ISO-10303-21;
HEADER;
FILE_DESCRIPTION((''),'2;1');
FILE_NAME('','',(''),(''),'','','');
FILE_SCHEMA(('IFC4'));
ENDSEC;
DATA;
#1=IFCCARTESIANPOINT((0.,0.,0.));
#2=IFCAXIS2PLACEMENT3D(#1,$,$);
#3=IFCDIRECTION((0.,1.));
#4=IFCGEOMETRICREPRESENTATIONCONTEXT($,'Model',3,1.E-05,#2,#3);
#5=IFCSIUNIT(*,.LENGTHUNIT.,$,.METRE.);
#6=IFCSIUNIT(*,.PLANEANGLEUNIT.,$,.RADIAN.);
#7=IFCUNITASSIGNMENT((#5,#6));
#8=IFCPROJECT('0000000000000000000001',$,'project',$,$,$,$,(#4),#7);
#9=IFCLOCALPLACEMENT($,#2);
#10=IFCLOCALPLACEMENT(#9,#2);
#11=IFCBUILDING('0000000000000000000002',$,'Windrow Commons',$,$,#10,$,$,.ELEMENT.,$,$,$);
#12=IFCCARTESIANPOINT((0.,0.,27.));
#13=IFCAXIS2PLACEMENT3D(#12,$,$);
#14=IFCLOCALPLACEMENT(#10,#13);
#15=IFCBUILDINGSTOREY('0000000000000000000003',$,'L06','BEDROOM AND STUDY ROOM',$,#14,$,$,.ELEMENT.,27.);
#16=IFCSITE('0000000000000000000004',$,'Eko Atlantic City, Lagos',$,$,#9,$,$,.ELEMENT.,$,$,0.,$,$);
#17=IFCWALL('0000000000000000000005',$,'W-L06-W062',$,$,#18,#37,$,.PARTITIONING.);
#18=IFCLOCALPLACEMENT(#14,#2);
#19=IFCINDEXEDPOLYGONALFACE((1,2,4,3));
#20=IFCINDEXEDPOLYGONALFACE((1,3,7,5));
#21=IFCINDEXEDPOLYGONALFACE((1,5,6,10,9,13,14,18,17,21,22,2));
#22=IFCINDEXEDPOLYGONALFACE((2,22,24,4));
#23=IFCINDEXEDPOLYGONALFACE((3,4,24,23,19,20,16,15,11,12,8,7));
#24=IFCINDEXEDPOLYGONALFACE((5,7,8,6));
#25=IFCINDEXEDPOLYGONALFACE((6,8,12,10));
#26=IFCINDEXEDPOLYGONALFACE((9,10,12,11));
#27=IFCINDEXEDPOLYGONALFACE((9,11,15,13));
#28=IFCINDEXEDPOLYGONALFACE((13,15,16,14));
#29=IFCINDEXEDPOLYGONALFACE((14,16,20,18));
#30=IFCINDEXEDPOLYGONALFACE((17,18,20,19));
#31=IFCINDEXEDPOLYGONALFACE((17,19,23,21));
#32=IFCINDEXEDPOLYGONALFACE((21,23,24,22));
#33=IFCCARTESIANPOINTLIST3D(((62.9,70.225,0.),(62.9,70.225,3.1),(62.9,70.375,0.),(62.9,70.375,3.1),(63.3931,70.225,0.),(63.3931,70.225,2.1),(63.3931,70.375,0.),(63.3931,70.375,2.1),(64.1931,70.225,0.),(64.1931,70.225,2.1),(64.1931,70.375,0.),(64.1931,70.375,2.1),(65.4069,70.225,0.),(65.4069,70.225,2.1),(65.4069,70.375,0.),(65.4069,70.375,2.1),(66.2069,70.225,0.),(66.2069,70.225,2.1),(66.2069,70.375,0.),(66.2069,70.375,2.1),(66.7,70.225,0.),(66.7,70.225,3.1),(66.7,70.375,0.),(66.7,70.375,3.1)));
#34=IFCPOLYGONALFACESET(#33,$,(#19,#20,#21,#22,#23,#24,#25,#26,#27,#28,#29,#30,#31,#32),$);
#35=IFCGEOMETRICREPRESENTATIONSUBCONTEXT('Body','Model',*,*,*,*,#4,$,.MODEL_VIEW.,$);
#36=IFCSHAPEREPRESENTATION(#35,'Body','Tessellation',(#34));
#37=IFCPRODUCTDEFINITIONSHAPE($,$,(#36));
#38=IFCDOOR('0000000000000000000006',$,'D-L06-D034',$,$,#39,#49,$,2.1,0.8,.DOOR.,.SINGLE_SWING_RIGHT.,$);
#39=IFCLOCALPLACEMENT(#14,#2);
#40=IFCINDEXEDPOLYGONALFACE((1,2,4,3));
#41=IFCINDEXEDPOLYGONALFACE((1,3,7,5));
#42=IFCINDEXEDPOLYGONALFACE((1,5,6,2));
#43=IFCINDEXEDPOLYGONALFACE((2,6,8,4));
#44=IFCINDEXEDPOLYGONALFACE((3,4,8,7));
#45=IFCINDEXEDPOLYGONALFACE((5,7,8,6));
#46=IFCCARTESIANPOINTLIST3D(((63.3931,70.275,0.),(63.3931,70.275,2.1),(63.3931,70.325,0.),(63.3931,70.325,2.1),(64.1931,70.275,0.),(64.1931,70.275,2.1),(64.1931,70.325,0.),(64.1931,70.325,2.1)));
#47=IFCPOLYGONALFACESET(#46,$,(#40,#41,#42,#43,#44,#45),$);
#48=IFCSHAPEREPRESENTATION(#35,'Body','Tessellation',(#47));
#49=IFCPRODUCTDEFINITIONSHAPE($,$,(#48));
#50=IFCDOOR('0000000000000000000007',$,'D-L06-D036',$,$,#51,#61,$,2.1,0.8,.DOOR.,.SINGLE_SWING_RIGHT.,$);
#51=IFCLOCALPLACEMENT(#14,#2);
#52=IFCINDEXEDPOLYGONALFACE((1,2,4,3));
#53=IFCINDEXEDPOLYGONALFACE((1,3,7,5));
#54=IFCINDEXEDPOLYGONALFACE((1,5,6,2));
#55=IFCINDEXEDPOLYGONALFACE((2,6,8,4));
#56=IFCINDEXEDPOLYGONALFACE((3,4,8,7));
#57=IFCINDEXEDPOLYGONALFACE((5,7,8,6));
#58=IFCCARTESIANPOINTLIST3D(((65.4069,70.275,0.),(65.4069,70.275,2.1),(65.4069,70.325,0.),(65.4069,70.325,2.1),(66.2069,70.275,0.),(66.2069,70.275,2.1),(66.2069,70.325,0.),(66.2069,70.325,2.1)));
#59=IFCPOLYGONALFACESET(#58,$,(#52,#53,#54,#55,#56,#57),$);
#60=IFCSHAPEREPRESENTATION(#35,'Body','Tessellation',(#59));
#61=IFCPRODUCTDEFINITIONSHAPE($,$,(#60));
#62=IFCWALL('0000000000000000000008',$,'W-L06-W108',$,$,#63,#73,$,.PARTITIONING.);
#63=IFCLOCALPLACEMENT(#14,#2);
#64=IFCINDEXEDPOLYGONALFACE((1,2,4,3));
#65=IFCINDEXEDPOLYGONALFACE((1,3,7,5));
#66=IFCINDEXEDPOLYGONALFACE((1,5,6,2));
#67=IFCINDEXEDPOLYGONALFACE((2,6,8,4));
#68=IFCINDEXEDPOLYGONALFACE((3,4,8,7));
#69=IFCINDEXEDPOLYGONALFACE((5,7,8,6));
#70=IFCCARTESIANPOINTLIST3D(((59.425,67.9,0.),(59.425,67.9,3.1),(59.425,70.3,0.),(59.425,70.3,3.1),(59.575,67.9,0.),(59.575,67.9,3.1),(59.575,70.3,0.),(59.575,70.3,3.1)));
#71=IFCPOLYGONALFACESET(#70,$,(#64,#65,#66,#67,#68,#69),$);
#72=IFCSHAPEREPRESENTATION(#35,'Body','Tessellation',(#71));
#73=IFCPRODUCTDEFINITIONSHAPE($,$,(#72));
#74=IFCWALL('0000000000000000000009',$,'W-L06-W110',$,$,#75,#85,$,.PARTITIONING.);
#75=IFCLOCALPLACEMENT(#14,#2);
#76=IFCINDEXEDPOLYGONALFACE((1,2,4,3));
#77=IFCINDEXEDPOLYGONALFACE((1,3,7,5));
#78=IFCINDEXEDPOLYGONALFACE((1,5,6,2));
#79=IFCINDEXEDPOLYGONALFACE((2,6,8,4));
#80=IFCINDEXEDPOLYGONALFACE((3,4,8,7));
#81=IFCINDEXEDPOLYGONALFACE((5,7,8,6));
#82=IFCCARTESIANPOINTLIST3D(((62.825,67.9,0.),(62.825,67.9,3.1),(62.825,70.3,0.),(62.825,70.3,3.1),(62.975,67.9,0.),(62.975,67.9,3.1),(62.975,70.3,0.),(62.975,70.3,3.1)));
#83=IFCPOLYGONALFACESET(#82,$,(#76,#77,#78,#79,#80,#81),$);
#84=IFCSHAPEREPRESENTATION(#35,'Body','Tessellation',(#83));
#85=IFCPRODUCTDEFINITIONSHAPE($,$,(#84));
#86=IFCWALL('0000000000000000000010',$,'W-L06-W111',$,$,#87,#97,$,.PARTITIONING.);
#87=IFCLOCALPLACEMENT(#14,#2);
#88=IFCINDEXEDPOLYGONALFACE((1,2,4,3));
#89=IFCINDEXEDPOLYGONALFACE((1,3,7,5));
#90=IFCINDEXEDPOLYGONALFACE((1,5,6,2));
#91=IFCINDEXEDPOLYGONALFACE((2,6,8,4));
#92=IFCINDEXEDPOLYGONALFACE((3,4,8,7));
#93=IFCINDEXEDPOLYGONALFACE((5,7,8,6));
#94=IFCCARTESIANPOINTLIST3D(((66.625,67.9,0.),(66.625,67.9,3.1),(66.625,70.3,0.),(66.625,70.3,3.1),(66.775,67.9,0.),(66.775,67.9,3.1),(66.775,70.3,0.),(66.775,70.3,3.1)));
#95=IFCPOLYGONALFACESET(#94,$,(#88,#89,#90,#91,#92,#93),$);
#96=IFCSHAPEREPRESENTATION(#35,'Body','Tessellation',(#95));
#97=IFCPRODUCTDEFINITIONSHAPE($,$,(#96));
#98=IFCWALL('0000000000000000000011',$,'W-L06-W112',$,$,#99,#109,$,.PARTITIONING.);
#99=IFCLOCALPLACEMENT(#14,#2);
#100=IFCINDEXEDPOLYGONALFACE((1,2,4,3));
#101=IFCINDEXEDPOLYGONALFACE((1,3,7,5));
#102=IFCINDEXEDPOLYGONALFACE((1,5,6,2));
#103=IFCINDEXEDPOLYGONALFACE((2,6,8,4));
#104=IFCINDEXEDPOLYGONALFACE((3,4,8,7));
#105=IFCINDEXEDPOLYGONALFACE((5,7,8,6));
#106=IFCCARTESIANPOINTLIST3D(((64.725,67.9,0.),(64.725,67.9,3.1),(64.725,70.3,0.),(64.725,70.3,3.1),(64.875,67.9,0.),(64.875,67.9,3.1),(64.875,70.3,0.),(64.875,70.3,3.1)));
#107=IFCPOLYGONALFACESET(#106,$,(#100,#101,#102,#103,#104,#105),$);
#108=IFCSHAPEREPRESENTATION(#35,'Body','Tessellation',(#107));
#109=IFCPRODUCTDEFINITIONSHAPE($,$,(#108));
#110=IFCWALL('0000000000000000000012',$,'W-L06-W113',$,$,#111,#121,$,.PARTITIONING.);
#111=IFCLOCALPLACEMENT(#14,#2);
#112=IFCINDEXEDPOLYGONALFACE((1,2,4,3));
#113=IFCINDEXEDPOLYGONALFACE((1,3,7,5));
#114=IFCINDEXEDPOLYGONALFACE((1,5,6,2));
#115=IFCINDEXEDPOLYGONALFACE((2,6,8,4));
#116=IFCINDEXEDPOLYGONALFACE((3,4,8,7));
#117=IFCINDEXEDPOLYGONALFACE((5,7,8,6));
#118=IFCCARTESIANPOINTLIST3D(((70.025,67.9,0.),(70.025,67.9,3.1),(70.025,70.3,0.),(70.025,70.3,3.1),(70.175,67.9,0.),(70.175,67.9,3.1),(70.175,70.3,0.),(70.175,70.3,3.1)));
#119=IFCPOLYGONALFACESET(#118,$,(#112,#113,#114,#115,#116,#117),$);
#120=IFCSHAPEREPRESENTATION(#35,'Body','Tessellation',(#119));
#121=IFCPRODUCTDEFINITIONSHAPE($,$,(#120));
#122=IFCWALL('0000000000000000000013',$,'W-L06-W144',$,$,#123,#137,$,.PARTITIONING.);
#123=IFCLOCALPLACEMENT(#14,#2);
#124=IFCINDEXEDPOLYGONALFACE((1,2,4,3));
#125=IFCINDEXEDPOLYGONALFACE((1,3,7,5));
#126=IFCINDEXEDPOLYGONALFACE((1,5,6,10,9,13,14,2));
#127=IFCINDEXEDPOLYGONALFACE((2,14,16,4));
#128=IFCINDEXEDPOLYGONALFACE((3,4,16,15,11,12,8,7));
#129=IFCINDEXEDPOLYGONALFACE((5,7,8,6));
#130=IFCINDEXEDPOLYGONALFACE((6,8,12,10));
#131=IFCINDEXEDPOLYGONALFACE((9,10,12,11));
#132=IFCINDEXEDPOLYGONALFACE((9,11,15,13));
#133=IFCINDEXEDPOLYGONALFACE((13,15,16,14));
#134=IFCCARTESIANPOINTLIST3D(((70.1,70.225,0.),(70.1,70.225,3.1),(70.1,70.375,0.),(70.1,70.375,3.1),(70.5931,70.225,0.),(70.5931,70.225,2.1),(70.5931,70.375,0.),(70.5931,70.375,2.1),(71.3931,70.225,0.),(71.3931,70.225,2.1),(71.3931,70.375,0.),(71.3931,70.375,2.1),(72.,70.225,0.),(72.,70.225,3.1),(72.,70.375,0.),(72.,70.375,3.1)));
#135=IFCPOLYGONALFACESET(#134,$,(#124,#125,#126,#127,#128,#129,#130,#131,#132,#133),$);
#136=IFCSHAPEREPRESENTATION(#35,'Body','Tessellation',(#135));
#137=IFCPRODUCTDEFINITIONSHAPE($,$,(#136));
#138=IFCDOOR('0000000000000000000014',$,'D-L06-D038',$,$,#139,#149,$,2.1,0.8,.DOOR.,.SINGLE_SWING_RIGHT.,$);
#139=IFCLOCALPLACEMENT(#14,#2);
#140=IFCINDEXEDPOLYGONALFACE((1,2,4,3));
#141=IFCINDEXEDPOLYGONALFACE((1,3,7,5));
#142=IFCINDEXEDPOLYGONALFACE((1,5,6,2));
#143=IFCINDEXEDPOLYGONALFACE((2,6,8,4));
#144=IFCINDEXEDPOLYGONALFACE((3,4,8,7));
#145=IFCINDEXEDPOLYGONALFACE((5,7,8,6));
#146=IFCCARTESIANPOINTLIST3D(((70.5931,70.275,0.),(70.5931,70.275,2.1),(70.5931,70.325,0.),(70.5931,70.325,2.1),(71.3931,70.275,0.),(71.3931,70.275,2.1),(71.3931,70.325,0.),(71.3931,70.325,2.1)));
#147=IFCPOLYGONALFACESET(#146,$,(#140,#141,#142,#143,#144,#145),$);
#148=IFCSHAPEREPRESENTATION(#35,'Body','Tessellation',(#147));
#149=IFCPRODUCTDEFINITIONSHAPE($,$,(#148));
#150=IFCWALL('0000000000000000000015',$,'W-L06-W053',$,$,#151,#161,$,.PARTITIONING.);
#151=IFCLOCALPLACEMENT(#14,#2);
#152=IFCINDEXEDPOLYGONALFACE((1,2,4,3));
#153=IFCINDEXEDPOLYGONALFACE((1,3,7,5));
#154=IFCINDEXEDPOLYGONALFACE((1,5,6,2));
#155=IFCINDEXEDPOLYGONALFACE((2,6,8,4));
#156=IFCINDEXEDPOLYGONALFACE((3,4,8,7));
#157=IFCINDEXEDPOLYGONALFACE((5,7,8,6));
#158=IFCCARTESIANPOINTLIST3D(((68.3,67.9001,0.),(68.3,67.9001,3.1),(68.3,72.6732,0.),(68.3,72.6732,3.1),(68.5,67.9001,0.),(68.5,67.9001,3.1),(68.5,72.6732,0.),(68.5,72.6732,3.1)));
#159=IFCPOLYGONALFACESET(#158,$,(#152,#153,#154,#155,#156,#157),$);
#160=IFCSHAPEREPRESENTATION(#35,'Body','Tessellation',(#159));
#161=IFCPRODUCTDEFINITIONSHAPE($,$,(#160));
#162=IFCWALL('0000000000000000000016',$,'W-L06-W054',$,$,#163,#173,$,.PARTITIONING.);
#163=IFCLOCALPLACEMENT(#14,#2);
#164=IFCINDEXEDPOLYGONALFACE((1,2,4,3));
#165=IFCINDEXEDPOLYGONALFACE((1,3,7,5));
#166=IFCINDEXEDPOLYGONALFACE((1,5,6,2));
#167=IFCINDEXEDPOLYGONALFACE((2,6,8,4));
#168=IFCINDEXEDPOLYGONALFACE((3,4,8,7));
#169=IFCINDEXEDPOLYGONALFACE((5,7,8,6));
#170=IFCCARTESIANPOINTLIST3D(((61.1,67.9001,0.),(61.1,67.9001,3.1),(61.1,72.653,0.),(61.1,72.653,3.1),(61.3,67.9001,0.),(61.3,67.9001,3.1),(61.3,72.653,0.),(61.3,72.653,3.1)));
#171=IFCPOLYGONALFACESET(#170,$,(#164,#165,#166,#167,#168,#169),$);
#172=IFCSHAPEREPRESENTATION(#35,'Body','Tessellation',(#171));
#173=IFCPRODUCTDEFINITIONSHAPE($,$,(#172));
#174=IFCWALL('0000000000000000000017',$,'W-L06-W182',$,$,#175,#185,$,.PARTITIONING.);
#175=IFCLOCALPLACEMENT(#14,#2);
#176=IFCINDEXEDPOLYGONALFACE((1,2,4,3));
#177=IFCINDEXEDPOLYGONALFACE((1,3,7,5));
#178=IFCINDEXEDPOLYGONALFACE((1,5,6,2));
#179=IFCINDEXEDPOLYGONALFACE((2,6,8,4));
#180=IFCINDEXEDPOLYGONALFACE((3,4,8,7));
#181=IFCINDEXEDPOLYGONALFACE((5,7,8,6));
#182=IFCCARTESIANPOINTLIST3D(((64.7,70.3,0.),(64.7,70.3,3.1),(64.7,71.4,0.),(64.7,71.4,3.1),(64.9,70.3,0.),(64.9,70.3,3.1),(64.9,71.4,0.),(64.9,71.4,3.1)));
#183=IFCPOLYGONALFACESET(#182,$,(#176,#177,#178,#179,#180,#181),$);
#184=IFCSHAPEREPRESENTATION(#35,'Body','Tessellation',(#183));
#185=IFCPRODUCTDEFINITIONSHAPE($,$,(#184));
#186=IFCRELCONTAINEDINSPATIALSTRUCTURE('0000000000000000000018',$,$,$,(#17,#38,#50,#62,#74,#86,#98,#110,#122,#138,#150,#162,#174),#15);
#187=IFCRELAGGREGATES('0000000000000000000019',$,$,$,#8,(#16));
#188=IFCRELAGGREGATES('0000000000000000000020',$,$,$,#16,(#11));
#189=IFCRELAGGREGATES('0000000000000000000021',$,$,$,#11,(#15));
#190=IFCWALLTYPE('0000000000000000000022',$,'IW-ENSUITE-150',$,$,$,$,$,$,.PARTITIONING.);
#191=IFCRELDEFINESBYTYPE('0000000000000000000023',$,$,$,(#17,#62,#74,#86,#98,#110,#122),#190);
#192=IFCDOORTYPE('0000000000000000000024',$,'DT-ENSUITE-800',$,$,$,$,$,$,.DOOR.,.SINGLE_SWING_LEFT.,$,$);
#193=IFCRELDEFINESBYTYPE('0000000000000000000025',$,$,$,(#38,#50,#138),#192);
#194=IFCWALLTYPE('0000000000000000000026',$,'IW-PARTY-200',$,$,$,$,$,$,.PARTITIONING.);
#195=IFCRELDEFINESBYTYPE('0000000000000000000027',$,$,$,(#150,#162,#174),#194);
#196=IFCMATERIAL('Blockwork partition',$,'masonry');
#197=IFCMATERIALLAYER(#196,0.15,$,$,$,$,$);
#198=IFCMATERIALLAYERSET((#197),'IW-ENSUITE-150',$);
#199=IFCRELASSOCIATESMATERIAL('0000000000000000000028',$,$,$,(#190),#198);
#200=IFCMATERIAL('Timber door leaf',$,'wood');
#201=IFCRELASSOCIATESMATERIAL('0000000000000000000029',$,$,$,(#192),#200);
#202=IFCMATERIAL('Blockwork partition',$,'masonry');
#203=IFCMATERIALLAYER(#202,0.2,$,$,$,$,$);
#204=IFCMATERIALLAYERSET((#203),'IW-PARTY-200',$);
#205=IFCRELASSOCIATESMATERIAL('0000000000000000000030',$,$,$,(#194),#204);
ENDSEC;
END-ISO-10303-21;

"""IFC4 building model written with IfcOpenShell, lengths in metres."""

from ifc_helpers import new_model, si_unit, direction, frame, frame_2d, origin, place, context, subcontext, project, spatial, rectangle, extrude, material, layer, layer_set, type_object, element, fill, save


model = new_model("IFC4")

# Units and contexts
model_context = context("Model", 3, precision=1e-05, world=origin(), true_north=direction((0.0, 1.0)))
body_context = subcontext(model_context, "Body", "Model", "MODEL_VIEW")
ifc_project = project(units=[si_unit("LENGTHUNIT", "METRE"), si_unit("PLANEANGLEUNIT", "RADIAN")], contexts=[model_context])

# Site, building, storey
site_placement = place(None, origin())
site = spatial("IfcSite", under=ifc_project, at=site_placement, Name="Eko Atlantic City, Lagos", CompositionType="ELEMENT", RefElevation=0.0)
building_placement = place(site_placement, origin())
building = spatial("IfcBuilding", under=site, at=building_placement, Name="Windrow Commons", CompositionType="ELEMENT")
storey_placement = place(building_placement, frame((0.0, 0.0, 27.0)))
storey = spatial("IfcBuildingStorey", under=building, at=storey_placement, Name="L06", Description="BEDROOM AND STUDY ROOM", CompositionType="ELEMENT", Elevation=27.0)

# Wall, openings, doors
ifc_material_1 = material(Name="Blockwork partition", Category="masonry")
ifc_layer_1 = layer(ifc_material_1, 0.15)
ifc_layer_set_1 = layer_set([ifc_layer_1], Name="IW-ENSUITE-150")
wall_type_1 = type_object("IfcWallType", Name="IW-ENSUITE-150", PredefinedType="PARTITIONING", material=ifc_layer_set_1)
wall_1_placement = place(storey_placement, frame((62.9, 70.3, 0.0), z_axis=(0.0, 0.0, 1.0), x_axis=(1.0, 0.0, 0.0)))
wall_1 = element("IfcWall", 1, at=wall_1_placement, inside=storey, type_object=wall_type_1, Name="W-L06-W062", PredefinedType="PARTITIONING", context=body_context, shape_type="SweptSolid", body=[
    extrude(rectangle(XDim=3.8, YDim=0.15, at=frame_2d((1.9, 0.0))), origin(), (0.0, 0.0, 1.0), 3.1),
])
opening_1_placement = place(wall_1_placement, frame((0.4931, 0.0, 0.0)))
opening_1 = element("IfcOpeningElement", 2, at=opening_1_placement, cuts=wall_1, PredefinedType="OPENING", context=body_context, shape_type="SweptSolid", body=[
    extrude(rectangle(XDim=0.8, YDim=2.1, at=frame_2d((0.4, 1.05))), frame((0.0, 0.085, 0.0), z_axis=(0.0, -1.0, 0.0), x_axis=(1.0, 0.0, 0.0)), (0.0, 0.0, 1.0), 0.17),
])
opening_2_placement = place(wall_1_placement, frame((2.5069, 0.0, 0.0)))
opening_2 = element("IfcOpeningElement", 3, at=opening_2_placement, cuts=wall_1, PredefinedType="OPENING", context=body_context, shape_type="SweptSolid", body=[
    extrude(rectangle(XDim=0.8, YDim=2.1, at=frame_2d((0.4, 1.05))), frame((0.0, 0.085, 0.0), z_axis=(0.0, -1.0, 0.0), x_axis=(1.0, 0.0, 0.0)), (0.0, 0.0, 1.0), 0.17),
])
ifc_material_2 = material(Name="Timber door leaf", Category="wood")
door_type = type_object("IfcDoorType", Name="DT-ENSUITE-800", OperationType="SINGLE_SWING_LEFT", PredefinedType="DOOR", material=ifc_material_2)
door_1_placement = place(opening_1_placement, origin())
door_1 = element("IfcDoor", 4, at=door_1_placement, inside=storey, type_object=door_type, Name="D-L06-D034", OperationType="SINGLE_SWING_RIGHT", OverallHeight=2.1, OverallWidth=0.8, PredefinedType="DOOR", context=body_context, shape_type="SweptSolid", body=[
    extrude(rectangle(XDim=0.8, YDim=2.1, at=frame_2d((0.4, 1.05))), frame((0.0, 0.025, 0.0), z_axis=(0.0, -1.0, 0.0), x_axis=(1.0, 0.0, 0.0)), (0.0, 0.0, 1.0), 0.05),
])
fill(opening_1, door_1)
door_2_placement = place(opening_2_placement, origin())
door_2 = element("IfcDoor", 5, at=door_2_placement, inside=storey, type_object=door_type, Name="D-L06-D036", OperationType="SINGLE_SWING_RIGHT", OverallHeight=2.1, OverallWidth=0.8, PredefinedType="DOOR", context=body_context, shape_type="SweptSolid", body=[
    extrude(rectangle(XDim=0.8, YDim=2.1, at=frame_2d((0.4, 1.05))), frame((0.0, 0.025, 0.0), z_axis=(0.0, -1.0, 0.0), x_axis=(1.0, 0.0, 0.0)), (0.0, 0.0, 1.0), 0.05),
])
fill(opening_2, door_2)

# Walls
for number, where, z_axis, x_axis, name in (
    (6, (59.5, 67.9, 0.0), (0.0, 0.0, 1.0), (0.0, 1.0, 0.0), "W-L06-W108"),
    (7, (62.9, 67.9, 0.0), (0.0, 0.0, 1.0), (0.0, 1.0, 0.0), "W-L06-W110"),
    (8, (66.7, 67.9, 0.0), (0.0, 0.0, 1.0), (0.0, 1.0, 0.0), "W-L06-W111"),
    (9, (64.8, 67.9, 0.0), (0.0, 0.0, 1.0), (0.0, 1.0, 0.0), "W-L06-W112"),
    (10, (70.1, 67.9, 0.0), (0.0, 0.0, 1.0), (0.0, 1.0, 0.0), "W-L06-W113"),
):
    element("IfcWall", number, at=place(storey_placement, frame(where, z_axis=z_axis, x_axis=x_axis)), inside=storey, type_object=wall_type_1, Name=name, PredefinedType="PARTITIONING", context=body_context, shape_type="SweptSolid", body=[
        extrude(rectangle(XDim=2.4, YDim=0.15, at=frame_2d((1.2, 0.0))), origin(), (0.0, 0.0, 1.0), 3.1),
    ])

# Wall, opening, door
wall_2_placement = place(storey_placement, frame((70.1, 70.3, 0.0), z_axis=(0.0, 0.0, 1.0), x_axis=(1.0, 0.0, 0.0)))
wall_2 = element("IfcWall", 11, at=wall_2_placement, inside=storey, type_object=wall_type_1, Name="W-L06-W144", PredefinedType="PARTITIONING", context=body_context, shape_type="SweptSolid", body=[
    extrude(rectangle(XDim=1.9, YDim=0.15, at=frame_2d((0.95, 0.0))), origin(), (0.0, 0.0, 1.0), 3.1),
])
opening_3_placement = place(wall_2_placement, frame((0.4931, 0.0, 0.0)))
opening_3 = element("IfcOpeningElement", 12, at=opening_3_placement, cuts=wall_2, PredefinedType="OPENING", context=body_context, shape_type="SweptSolid", body=[
    extrude(rectangle(XDim=0.8, YDim=2.1, at=frame_2d((0.4, 1.05))), frame((0.0, 0.085, 0.0), z_axis=(0.0, -1.0, 0.0), x_axis=(1.0, 0.0, 0.0)), (0.0, 0.0, 1.0), 0.17),
])
door_3_placement = place(opening_3_placement, origin())
door_3 = element("IfcDoor", 13, at=door_3_placement, inside=storey, type_object=door_type, Name="D-L06-D038", OperationType="SINGLE_SWING_RIGHT", OverallHeight=2.1, OverallWidth=0.8, PredefinedType="DOOR", context=body_context, shape_type="SweptSolid", body=[
    extrude(rectangle(XDim=0.8, YDim=2.1, at=frame_2d((0.4, 1.05))), frame((0.0, 0.025, 0.0), z_axis=(0.0, -1.0, 0.0), x_axis=(1.0, 0.0, 0.0)), (0.0, 0.0, 1.0), 0.05),
])
fill(opening_3, door_3)

# Walls
ifc_material_3 = material(Name="Blockwork partition", Category="masonry")
ifc_layer_2 = layer(ifc_material_3, 0.2)
ifc_layer_set_2 = layer_set([ifc_layer_2], Name="IW-PARTY-200")
wall_type_2 = type_object("IfcWallType", Name="IW-PARTY-200", PredefinedType="PARTITIONING", material=ifc_layer_set_2)
wall_3_placement = place(storey_placement, frame((68.4, 67.9, 0.0), z_axis=(0.0, 0.0, 1.0), x_axis=(0.0, 1.0, 0.0)))
element("IfcWall", 14, at=wall_3_placement, inside=storey, type_object=wall_type_2, Name="W-L06-W053", PredefinedType="PARTITIONING", context=body_context, shape_type="SweptSolid", body=[
    extrude(rectangle(XDim=4.7731, YDim=0.2, at=frame_2d((2.3866, 0.0))), origin(), (0.0, 0.0, 1.0), 3.1),
])
wall_4_placement = place(storey_placement, frame((61.2, 67.9, 0.0), z_axis=(0.0, 0.0, 1.0), x_axis=(0.0, 1.0, 0.0)))
element("IfcWall", 15, at=wall_4_placement, inside=storey, type_object=wall_type_2, Name="W-L06-W054", PredefinedType="PARTITIONING", context=body_context, shape_type="SweptSolid", body=[
    extrude(rectangle(XDim=4.7529, YDim=0.2, at=frame_2d((2.3765, 0.0))), origin(), (0.0, 0.0, 1.0), 3.1),
])
wall_5_placement = place(storey_placement, frame((64.8, 70.3, 0.0), z_axis=(0.0, 0.0, 1.0), x_axis=(0.0, 1.0, 0.0)))
element("IfcWall", 16, at=wall_5_placement, inside=storey, type_object=wall_type_2, Name="W-L06-W182", PredefinedType="PARTITIONING", context=body_context, shape_type="SweptSolid", body=[
    extrude(rectangle(XDim=1.1, YDim=0.2, at=frame_2d((0.55, 0.0))), origin(), (0.0, 0.0, 1.0), 3.1),
])

save(model, "model.ifc")
